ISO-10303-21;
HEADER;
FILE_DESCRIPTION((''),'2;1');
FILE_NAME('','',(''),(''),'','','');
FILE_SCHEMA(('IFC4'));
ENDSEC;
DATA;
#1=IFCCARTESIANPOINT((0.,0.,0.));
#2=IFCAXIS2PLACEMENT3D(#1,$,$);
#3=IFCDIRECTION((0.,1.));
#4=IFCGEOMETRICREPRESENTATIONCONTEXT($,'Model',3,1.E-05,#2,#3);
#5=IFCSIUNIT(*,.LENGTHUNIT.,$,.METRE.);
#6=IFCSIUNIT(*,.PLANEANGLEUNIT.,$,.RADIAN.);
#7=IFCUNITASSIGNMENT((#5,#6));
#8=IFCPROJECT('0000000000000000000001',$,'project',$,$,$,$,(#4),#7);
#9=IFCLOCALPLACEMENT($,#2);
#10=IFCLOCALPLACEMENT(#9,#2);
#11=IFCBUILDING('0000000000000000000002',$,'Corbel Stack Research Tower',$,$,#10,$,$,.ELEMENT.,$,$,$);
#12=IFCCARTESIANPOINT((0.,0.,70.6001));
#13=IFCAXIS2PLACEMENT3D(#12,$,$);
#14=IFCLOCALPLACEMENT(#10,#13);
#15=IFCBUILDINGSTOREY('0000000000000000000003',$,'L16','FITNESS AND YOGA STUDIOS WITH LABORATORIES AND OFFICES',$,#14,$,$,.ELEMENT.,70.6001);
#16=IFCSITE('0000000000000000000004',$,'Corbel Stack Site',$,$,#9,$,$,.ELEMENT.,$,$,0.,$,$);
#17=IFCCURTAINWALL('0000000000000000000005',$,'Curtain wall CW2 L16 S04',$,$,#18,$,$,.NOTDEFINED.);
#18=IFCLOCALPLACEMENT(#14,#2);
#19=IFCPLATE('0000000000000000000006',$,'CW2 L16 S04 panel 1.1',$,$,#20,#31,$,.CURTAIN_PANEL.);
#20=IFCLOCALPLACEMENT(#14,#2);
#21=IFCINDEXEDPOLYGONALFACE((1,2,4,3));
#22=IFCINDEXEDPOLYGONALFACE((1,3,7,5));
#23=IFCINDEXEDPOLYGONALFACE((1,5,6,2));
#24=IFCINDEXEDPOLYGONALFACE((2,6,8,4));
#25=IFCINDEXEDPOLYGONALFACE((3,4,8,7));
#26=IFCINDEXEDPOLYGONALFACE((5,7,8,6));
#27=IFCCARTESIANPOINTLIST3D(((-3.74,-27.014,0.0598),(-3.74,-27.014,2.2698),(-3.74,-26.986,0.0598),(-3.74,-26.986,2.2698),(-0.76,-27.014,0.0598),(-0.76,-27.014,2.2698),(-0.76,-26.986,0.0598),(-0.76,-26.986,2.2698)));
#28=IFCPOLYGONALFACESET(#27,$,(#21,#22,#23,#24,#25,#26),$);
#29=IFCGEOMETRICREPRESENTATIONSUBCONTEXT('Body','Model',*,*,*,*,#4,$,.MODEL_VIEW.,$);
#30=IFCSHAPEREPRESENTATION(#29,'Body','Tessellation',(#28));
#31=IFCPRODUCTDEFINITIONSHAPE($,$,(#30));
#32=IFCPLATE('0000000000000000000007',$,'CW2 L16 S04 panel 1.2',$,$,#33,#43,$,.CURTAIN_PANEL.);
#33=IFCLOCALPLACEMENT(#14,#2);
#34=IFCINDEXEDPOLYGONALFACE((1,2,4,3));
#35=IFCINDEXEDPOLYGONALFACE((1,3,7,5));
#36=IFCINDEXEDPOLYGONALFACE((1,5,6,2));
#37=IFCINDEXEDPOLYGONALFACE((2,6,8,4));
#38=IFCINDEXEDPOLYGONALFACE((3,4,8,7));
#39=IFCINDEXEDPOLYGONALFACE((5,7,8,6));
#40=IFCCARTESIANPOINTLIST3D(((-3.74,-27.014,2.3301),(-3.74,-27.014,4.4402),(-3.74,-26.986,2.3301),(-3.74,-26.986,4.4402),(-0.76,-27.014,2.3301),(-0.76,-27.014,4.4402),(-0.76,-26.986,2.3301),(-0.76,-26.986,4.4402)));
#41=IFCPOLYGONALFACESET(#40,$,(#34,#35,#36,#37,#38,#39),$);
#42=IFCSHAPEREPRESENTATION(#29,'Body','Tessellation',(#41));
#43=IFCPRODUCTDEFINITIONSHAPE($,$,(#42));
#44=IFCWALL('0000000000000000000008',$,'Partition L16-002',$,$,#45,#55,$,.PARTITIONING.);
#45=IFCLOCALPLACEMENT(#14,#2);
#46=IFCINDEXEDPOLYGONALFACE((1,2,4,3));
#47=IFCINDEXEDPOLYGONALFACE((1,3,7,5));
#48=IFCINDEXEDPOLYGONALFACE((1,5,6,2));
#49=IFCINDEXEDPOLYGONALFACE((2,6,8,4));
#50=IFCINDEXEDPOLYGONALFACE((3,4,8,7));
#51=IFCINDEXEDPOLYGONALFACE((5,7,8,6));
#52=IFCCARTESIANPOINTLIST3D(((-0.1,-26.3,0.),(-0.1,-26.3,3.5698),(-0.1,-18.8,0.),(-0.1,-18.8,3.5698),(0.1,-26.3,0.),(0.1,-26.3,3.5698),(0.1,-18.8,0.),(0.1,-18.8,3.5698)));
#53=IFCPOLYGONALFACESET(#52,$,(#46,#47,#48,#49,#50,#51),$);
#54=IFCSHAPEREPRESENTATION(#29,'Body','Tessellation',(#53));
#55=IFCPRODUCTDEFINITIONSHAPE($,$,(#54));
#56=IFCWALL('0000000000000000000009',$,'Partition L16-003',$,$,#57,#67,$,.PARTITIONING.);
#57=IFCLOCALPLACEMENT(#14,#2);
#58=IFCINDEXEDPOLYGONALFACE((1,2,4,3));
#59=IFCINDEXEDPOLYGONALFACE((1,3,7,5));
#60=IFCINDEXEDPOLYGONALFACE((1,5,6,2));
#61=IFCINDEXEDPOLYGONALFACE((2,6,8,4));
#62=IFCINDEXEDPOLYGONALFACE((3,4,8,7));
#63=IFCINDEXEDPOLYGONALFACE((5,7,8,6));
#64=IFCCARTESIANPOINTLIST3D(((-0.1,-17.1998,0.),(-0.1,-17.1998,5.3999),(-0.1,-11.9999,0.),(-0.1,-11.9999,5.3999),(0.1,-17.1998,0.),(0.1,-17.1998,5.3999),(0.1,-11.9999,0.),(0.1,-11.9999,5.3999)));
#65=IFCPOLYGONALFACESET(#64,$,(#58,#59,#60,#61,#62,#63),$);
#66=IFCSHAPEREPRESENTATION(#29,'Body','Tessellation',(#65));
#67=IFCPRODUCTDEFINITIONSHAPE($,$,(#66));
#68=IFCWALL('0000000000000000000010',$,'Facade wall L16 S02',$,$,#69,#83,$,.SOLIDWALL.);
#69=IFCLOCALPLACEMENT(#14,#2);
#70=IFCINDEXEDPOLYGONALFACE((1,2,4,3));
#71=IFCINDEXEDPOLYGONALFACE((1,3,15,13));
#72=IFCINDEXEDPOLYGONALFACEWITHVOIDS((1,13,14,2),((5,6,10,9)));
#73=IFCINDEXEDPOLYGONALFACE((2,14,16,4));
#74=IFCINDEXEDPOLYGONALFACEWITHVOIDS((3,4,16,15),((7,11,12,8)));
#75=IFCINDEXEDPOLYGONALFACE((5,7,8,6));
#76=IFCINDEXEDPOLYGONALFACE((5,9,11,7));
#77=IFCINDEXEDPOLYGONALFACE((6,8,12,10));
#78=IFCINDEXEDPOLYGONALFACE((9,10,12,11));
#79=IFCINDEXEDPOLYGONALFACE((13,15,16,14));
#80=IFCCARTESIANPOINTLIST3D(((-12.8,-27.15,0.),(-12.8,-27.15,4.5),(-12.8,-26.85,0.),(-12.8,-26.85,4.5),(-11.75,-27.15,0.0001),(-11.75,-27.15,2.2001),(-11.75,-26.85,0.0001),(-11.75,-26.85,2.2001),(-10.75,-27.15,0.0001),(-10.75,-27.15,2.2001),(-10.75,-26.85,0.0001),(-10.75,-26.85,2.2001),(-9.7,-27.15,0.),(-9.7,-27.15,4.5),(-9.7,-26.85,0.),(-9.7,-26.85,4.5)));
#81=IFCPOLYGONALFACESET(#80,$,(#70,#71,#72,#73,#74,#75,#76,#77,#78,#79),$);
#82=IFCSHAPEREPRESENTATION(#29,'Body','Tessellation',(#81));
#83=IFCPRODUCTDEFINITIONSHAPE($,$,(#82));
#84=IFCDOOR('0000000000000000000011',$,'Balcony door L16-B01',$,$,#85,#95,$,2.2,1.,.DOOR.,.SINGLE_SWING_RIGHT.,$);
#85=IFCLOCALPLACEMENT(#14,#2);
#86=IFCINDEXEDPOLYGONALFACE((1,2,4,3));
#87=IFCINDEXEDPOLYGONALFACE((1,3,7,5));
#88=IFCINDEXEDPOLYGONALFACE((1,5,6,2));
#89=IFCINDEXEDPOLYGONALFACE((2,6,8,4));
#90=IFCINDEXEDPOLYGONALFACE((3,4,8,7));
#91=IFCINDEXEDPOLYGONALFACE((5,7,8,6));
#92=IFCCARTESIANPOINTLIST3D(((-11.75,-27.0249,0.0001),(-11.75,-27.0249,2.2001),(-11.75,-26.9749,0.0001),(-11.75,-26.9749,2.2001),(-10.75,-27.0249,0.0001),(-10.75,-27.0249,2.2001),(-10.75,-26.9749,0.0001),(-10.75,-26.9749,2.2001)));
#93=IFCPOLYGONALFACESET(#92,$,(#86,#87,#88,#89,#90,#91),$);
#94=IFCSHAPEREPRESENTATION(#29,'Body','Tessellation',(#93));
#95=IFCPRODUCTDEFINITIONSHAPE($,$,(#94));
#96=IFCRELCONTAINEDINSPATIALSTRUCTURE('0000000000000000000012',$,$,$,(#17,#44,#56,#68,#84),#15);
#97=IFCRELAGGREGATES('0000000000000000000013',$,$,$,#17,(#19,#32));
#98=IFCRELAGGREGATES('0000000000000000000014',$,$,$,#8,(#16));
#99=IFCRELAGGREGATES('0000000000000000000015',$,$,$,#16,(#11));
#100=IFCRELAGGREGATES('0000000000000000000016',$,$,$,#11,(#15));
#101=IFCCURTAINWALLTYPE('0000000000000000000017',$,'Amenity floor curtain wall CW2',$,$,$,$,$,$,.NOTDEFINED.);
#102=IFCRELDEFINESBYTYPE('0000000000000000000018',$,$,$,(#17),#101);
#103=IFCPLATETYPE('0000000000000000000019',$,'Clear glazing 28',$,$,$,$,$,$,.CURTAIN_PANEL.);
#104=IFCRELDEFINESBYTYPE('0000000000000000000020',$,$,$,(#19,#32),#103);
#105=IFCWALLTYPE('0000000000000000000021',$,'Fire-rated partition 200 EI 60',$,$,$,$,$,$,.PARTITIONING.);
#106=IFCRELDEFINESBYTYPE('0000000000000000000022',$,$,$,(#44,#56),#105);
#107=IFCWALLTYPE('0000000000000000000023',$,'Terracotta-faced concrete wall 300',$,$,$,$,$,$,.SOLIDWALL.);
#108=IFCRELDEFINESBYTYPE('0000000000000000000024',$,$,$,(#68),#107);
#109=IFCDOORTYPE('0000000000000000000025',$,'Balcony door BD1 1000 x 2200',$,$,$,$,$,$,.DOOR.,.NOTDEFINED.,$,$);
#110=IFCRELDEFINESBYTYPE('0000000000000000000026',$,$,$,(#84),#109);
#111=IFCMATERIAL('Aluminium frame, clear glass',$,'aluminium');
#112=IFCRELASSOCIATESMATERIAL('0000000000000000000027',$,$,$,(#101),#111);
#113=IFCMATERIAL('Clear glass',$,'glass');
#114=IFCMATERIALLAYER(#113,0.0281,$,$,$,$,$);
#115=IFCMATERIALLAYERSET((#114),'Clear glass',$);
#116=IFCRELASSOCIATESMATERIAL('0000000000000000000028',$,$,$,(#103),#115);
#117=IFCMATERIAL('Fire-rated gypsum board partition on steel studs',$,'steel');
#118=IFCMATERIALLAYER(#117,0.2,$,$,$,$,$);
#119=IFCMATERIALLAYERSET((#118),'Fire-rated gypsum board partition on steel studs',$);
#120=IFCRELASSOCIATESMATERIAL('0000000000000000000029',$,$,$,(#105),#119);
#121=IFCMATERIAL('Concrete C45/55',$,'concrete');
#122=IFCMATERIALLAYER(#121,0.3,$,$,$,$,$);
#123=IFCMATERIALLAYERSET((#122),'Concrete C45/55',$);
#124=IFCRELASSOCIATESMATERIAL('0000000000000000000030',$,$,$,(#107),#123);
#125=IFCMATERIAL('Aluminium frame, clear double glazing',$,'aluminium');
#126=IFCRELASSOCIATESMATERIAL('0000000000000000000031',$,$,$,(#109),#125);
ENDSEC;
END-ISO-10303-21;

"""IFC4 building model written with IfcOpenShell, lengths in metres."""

from ifc_helpers import new_model, si_unit, direction, frame, frame_2d, origin, origin_2d, place, context, subcontext, project, spatial, rectangle, extrude, material, layer, layer_set, type_object, element, fill, aggregate, save


model = new_model("IFC4")

# Units and contexts
model_context = context("Model", 3, precision=1e-05, world=origin(), true_north=direction((0.0, 1.0)))
body_context = subcontext(model_context, "Body", "Model", "MODEL_VIEW")
ifc_project = project(units=[si_unit("LENGTHUNIT", "METRE"), si_unit("PLANEANGLEUNIT", "RADIAN")], contexts=[model_context])

# Site, building, storey
site_placement = place(None, origin())
site = spatial("IfcSite", under=ifc_project, at=site_placement, Name="Corbel Stack Site", CompositionType="ELEMENT", RefElevation=0.0)
building_placement = place(site_placement, origin())
building = spatial("IfcBuilding", under=site, at=building_placement, Name="Corbel Stack Research Tower", CompositionType="ELEMENT")
storey_placement = place(building_placement, frame((0.0, 0.0, 70.6001)))
storey = spatial("IfcBuildingStorey", under=building, at=storey_placement, Name="L16", Description="FITNESS AND YOGA STUDIOS WITH LABORATORIES AND OFFICES", CompositionType="ELEMENT", Elevation=70.6001)

# Curtain wall
ifc_material_1 = material(Name="Aluminium frame, clear glass", Category="aluminium")
curtain_wall_type = type_object("IfcCurtainWallType", Name="Amenity floor curtain wall CW2", PredefinedType="NOTDEFINED", material=ifc_material_1)
curtain_wall_1_placement = place(storey_placement, origin())
curtain_wall_1 = element("IfcCurtainWall", 1, at=curtain_wall_1_placement, inside=storey, type_object=curtain_wall_type, Name="Curtain wall CW2 L16 S04", PredefinedType="NOTDEFINED")

# Plates
ifc_material_2 = material(Name="Clear glass", Category="glass")
ifc_layer_1 = layer(ifc_material_2, 0.0281)
ifc_layer_set_1 = layer_set([ifc_layer_1], Name="Clear glass")
plate_type = type_object("IfcPlateType", Name="Clear glazing 28", PredefinedType="CURTAIN_PANEL", material=ifc_layer_set_1)
plate_1_placement = place(storey_placement, frame((-2.25, -27.0, 0.0598), z_axis=(0.0, 0.0, 1.0), x_axis=(1.0, 0.0, 0.0)))
plate_1 = element("IfcPlate", 2, at=plate_1_placement, type_object=plate_type, Name="CW2 L16 S04 panel 1.1", PredefinedType="CURTAIN_PANEL", context=body_context, shape_type="SweptSolid", body=[
    extrude(rectangle(XDim=2.98, YDim=0.0281, at=origin_2d()), origin(), (0.0, 0.0, 1.0), 2.21),
])
plate_2_placement = place(storey_placement, frame((-2.25, -27.0, 2.3301), z_axis=(0.0, 0.0, 1.0), x_axis=(1.0, 0.0, 0.0)))
plate_2 = element("IfcPlate", 3, at=plate_2_placement, type_object=plate_type, Name="CW2 L16 S04 panel 1.2", PredefinedType="CURTAIN_PANEL", context=body_context, shape_type="SweptSolid", body=[
    extrude(rectangle(XDim=2.98, YDim=0.0281, at=origin_2d()), origin(), (0.0, 0.0, 1.0), 2.1101),
])
aggregate(curtain_wall_1, [plate_1, plate_2])

# Walls
ifc_material_3 = material(Name="Fire-rated gypsum board partition on steel studs", Category="steel")
ifc_layer_2 = layer(ifc_material_3, 0.2)
ifc_layer_set_2 = layer_set([ifc_layer_2], Name="Fire-rated gypsum board partition on steel studs")
wall_type_1 = type_object("IfcWallType", Name="Fire-rated partition 200 EI 60", PredefinedType="PARTITIONING", material=ifc_layer_set_2)
wall_1_placement = place(storey_placement, frame((0.0, -26.3, 0.0), z_axis=(0.0, 0.0, 1.0), x_axis=(0.0, 1.0, 0.0)))
element("IfcWall", 4, at=wall_1_placement, inside=storey, type_object=wall_type_1, Name="Partition L16-002", PredefinedType="PARTITIONING", context=body_context, shape_type="SweptSolid", body=[
    extrude(rectangle(XDim=7.5, YDim=0.2, at=frame_2d((3.75, 0.0))), origin(), (0.0, 0.0, 1.0), 3.5698),
])
wall_2_placement = place(storey_placement, frame((0.0, -17.2, 0.0), z_axis=(0.0, 0.0, 1.0), x_axis=(0.0, 1.0, 0.0)))
element("IfcWall", 5, at=wall_2_placement, inside=storey, type_object=wall_type_1, Name="Partition L16-003", PredefinedType="PARTITIONING", context=body_context, shape_type="SweptSolid", body=[
    extrude(rectangle(XDim=5.2, YDim=0.2, at=frame_2d((2.6001, 0.0))), origin(), (0.0, 0.0, 1.0), 5.3999),
])

# Wall, opening, door
ifc_material_4 = material(Name="Concrete C45/55", Category="concrete")
ifc_layer_3 = layer(ifc_material_4, 0.3)
ifc_layer_set_3 = layer_set([ifc_layer_3], Name="Concrete C45/55")
wall_type_2 = type_object("IfcWallType", Name="Terracotta-faced concrete wall 300", PredefinedType="SOLIDWALL", material=ifc_layer_set_3)
wall_3_placement = place(storey_placement, frame((-9.7, -27.0, 0.0), z_axis=(0.0, 0.0, 1.0), x_axis=(-1.0, 0.0, 0.0)))
wall_3 = element("IfcWall", 6, at=wall_3_placement, inside=storey, type_object=wall_type_2, Name="Facade wall L16 S02", PredefinedType="SOLIDWALL", context=body_context, shape_type="SweptSolid", body=[
    extrude(rectangle(XDim=3.1001, YDim=0.3, at=frame_2d((1.55, 0.0))), origin(), (0.0, 0.0, 1.0), 4.5),
])
opening_placement = place(wall_3_placement, frame((1.05, 0.0, 0.0)))
opening = element("IfcOpeningElement", 7, at=opening_placement, cuts=wall_3, PredefinedType="OPENING", context=body_context, shape_type="SweptSolid", body=[
    extrude(rectangle(XDim=1.0, YDim=2.2, at=frame_2d((0.5, 1.1001))), frame((0.0, 0.1599, 0.0), z_axis=(0.0, -1.0, 0.0), x_axis=(1.0, 0.0, 0.0)), (0.0, 0.0, 1.0), 0.3201),
])
ifc_material_5 = material(Name="Aluminium frame, clear double glazing", Category="aluminium")
door_type = type_object("IfcDoorType", Name="Balcony door BD1 1000 x 2200", OperationType="NOTDEFINED", PredefinedType="DOOR", material=ifc_material_5)
door_placement = place(opening_placement, origin())
door = element("IfcDoor", 8, at=door_placement, inside=storey, type_object=door_type, Name="Balcony door L16-B01", OperationType="SINGLE_SWING_RIGHT", OverallHeight=2.2, OverallWidth=1.0, PredefinedType="DOOR", context=body_context, shape_type="SweptSolid", body=[
    extrude(rectangle(XDim=1.0, YDim=2.2, at=frame_2d((0.5, 1.1001))), frame((0.0, 0.0249, 0.0), z_axis=(0.0, -1.0, 0.0), x_axis=(1.0, 0.0, 0.0)), (0.0, 0.0, 1.0), 0.05),
])
fill(opening, door)

save(model, "model.ifc")
